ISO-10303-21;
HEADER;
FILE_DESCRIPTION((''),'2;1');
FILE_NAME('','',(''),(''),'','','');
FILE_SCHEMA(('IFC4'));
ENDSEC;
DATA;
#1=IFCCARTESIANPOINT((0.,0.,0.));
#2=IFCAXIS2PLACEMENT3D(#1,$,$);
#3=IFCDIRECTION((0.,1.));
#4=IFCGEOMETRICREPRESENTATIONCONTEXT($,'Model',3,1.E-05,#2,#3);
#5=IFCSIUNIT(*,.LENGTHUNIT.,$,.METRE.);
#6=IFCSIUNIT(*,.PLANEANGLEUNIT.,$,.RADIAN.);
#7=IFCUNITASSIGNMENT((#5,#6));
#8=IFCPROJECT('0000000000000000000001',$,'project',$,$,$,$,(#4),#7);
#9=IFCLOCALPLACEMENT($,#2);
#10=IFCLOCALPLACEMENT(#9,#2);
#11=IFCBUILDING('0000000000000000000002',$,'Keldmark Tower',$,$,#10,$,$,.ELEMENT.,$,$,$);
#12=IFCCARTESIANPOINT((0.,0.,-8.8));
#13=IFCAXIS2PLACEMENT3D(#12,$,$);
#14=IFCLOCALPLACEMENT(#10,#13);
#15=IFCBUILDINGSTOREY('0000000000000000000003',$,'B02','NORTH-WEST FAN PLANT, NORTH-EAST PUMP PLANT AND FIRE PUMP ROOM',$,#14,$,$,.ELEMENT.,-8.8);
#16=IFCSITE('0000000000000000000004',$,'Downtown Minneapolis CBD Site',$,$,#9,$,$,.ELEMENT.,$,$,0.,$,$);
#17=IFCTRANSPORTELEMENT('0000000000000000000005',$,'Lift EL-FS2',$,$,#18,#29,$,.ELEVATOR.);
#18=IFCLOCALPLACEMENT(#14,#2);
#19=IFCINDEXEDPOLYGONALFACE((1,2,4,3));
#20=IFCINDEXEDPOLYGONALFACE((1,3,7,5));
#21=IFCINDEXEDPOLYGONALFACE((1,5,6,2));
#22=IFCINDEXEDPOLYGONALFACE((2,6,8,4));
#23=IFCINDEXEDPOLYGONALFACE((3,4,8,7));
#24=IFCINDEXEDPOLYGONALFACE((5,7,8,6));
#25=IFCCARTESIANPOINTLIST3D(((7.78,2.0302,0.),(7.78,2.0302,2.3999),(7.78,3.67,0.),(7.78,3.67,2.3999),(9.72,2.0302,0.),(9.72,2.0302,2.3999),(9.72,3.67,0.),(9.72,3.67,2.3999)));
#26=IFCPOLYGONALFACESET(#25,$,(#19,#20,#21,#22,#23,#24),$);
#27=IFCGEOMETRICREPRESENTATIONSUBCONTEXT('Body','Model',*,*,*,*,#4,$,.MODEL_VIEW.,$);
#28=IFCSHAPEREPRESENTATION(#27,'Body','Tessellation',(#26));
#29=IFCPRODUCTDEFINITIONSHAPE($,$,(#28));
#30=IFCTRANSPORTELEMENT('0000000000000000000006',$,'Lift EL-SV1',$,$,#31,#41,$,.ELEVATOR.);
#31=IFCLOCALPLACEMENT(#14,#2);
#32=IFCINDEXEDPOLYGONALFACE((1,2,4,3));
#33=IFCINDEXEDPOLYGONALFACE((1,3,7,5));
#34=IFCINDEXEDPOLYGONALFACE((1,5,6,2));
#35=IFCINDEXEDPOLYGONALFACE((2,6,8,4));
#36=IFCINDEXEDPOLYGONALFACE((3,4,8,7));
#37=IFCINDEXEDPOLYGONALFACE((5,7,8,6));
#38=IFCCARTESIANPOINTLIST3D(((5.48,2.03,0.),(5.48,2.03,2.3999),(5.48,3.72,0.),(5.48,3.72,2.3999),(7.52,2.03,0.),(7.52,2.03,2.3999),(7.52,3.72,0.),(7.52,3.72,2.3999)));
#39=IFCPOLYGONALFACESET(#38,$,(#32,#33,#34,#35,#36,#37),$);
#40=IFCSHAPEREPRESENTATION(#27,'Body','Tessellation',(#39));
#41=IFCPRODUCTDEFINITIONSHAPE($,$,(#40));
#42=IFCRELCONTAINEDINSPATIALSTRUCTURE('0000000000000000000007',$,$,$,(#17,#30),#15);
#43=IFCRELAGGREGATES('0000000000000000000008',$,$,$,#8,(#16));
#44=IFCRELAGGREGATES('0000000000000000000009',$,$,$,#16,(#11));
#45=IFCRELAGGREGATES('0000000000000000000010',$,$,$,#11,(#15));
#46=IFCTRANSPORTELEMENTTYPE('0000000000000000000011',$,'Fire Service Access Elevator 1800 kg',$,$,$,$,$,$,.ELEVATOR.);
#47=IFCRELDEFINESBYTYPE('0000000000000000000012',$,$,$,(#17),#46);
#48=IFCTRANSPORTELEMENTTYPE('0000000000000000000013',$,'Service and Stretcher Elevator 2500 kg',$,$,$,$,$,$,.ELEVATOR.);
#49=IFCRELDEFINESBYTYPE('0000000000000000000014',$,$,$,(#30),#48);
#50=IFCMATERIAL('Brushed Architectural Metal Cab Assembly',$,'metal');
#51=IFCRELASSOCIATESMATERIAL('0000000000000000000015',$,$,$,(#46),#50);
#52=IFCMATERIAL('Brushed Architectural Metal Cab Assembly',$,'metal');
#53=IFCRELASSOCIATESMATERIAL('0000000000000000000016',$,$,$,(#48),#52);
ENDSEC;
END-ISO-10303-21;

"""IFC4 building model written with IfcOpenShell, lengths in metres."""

from ifc_helpers import new_model, si_unit, direction, frame, origin, origin_2d, place, context, subcontext, project, spatial, rectangle, extrude, material, type_object, element, save


model = new_model("IFC4")

# Units and contexts
model_context = context("Model", 3, precision=1e-05, world=origin(), true_north=direction((0.0, 1.0)))
body_context = subcontext(model_context, "Body", "Model", "MODEL_VIEW")
ifc_project = project(units=[si_unit("LENGTHUNIT", "METRE"), si_unit("PLANEANGLEUNIT", "RADIAN")], contexts=[model_context])

# Site, building, storey
site_placement = place(None, origin())
site = spatial("IfcSite", under=ifc_project, at=site_placement, Name="Downtown Minneapolis CBD Site", CompositionType="ELEMENT", RefElevation=0.0)
building_placement = place(site_placement, origin())
building = spatial("IfcBuilding", under=site, at=building_placement, Name="Keldmark Tower", CompositionType="ELEMENT")
storey_placement = place(building_placement, frame((0.0, 0.0, -8.8)))
storey = spatial("IfcBuildingStorey", under=building, at=storey_placement, Name="B02", Description="NORTH-WEST FAN PLANT, NORTH-EAST PUMP PLANT AND FIRE PUMP ROOM", CompositionType="ELEMENT", Elevation=-8.8)

# Transport elements
ifc_material_1 = material(Name="Brushed Architectural Metal Cab Assembly", Category="metal")
transport_element_type_1 = type_object("IfcTransportElementType", Name="Fire Service Access Elevator 1800 kg", PredefinedType="ELEVATOR", material=ifc_material_1)
transport_element_1_placement = place(storey_placement, frame((8.75, 2.8501, 0.0), z_axis=(0.0, 0.0, 1.0), x_axis=(1.0, 0.0, 0.0)))
element("IfcTransportElement", 1, at=transport_element_1_placement, inside=storey, type_object=transport_element_type_1, Name="Lift EL-FS2", PredefinedType="ELEVATOR", context=body_context, shape_type="SweptSolid", body=[
    extrude(rectangle(XDim=1.9399, YDim=1.6399, at=origin_2d()), origin(), (0.0, 0.0, 1.0), 2.3999),
])
ifc_material_2 = material(Name="Brushed Architectural Metal Cab Assembly", Category="metal")
transport_element_type_2 = type_object("IfcTransportElementType", Name="Service and Stretcher Elevator 2500 kg", PredefinedType="ELEVATOR", material=ifc_material_2)
transport_element_2_placement = place(storey_placement, frame((6.5, 2.875, 0.0), z_axis=(0.0, 0.0, 1.0), x_axis=(1.0, 0.0, 0.0)))
element("IfcTransportElement", 2, at=transport_element_2_placement, inside=storey, type_object=transport_element_type_2, Name="Lift EL-SV1", PredefinedType="ELEVATOR", context=body_context, shape_type="SweptSolid", body=[
    extrude(rectangle(XDim=2.04, YDim=1.6899, at=origin_2d()), origin(), (0.0, 0.0, 1.0), 2.3999),
])

save(model, "model.ifc")
